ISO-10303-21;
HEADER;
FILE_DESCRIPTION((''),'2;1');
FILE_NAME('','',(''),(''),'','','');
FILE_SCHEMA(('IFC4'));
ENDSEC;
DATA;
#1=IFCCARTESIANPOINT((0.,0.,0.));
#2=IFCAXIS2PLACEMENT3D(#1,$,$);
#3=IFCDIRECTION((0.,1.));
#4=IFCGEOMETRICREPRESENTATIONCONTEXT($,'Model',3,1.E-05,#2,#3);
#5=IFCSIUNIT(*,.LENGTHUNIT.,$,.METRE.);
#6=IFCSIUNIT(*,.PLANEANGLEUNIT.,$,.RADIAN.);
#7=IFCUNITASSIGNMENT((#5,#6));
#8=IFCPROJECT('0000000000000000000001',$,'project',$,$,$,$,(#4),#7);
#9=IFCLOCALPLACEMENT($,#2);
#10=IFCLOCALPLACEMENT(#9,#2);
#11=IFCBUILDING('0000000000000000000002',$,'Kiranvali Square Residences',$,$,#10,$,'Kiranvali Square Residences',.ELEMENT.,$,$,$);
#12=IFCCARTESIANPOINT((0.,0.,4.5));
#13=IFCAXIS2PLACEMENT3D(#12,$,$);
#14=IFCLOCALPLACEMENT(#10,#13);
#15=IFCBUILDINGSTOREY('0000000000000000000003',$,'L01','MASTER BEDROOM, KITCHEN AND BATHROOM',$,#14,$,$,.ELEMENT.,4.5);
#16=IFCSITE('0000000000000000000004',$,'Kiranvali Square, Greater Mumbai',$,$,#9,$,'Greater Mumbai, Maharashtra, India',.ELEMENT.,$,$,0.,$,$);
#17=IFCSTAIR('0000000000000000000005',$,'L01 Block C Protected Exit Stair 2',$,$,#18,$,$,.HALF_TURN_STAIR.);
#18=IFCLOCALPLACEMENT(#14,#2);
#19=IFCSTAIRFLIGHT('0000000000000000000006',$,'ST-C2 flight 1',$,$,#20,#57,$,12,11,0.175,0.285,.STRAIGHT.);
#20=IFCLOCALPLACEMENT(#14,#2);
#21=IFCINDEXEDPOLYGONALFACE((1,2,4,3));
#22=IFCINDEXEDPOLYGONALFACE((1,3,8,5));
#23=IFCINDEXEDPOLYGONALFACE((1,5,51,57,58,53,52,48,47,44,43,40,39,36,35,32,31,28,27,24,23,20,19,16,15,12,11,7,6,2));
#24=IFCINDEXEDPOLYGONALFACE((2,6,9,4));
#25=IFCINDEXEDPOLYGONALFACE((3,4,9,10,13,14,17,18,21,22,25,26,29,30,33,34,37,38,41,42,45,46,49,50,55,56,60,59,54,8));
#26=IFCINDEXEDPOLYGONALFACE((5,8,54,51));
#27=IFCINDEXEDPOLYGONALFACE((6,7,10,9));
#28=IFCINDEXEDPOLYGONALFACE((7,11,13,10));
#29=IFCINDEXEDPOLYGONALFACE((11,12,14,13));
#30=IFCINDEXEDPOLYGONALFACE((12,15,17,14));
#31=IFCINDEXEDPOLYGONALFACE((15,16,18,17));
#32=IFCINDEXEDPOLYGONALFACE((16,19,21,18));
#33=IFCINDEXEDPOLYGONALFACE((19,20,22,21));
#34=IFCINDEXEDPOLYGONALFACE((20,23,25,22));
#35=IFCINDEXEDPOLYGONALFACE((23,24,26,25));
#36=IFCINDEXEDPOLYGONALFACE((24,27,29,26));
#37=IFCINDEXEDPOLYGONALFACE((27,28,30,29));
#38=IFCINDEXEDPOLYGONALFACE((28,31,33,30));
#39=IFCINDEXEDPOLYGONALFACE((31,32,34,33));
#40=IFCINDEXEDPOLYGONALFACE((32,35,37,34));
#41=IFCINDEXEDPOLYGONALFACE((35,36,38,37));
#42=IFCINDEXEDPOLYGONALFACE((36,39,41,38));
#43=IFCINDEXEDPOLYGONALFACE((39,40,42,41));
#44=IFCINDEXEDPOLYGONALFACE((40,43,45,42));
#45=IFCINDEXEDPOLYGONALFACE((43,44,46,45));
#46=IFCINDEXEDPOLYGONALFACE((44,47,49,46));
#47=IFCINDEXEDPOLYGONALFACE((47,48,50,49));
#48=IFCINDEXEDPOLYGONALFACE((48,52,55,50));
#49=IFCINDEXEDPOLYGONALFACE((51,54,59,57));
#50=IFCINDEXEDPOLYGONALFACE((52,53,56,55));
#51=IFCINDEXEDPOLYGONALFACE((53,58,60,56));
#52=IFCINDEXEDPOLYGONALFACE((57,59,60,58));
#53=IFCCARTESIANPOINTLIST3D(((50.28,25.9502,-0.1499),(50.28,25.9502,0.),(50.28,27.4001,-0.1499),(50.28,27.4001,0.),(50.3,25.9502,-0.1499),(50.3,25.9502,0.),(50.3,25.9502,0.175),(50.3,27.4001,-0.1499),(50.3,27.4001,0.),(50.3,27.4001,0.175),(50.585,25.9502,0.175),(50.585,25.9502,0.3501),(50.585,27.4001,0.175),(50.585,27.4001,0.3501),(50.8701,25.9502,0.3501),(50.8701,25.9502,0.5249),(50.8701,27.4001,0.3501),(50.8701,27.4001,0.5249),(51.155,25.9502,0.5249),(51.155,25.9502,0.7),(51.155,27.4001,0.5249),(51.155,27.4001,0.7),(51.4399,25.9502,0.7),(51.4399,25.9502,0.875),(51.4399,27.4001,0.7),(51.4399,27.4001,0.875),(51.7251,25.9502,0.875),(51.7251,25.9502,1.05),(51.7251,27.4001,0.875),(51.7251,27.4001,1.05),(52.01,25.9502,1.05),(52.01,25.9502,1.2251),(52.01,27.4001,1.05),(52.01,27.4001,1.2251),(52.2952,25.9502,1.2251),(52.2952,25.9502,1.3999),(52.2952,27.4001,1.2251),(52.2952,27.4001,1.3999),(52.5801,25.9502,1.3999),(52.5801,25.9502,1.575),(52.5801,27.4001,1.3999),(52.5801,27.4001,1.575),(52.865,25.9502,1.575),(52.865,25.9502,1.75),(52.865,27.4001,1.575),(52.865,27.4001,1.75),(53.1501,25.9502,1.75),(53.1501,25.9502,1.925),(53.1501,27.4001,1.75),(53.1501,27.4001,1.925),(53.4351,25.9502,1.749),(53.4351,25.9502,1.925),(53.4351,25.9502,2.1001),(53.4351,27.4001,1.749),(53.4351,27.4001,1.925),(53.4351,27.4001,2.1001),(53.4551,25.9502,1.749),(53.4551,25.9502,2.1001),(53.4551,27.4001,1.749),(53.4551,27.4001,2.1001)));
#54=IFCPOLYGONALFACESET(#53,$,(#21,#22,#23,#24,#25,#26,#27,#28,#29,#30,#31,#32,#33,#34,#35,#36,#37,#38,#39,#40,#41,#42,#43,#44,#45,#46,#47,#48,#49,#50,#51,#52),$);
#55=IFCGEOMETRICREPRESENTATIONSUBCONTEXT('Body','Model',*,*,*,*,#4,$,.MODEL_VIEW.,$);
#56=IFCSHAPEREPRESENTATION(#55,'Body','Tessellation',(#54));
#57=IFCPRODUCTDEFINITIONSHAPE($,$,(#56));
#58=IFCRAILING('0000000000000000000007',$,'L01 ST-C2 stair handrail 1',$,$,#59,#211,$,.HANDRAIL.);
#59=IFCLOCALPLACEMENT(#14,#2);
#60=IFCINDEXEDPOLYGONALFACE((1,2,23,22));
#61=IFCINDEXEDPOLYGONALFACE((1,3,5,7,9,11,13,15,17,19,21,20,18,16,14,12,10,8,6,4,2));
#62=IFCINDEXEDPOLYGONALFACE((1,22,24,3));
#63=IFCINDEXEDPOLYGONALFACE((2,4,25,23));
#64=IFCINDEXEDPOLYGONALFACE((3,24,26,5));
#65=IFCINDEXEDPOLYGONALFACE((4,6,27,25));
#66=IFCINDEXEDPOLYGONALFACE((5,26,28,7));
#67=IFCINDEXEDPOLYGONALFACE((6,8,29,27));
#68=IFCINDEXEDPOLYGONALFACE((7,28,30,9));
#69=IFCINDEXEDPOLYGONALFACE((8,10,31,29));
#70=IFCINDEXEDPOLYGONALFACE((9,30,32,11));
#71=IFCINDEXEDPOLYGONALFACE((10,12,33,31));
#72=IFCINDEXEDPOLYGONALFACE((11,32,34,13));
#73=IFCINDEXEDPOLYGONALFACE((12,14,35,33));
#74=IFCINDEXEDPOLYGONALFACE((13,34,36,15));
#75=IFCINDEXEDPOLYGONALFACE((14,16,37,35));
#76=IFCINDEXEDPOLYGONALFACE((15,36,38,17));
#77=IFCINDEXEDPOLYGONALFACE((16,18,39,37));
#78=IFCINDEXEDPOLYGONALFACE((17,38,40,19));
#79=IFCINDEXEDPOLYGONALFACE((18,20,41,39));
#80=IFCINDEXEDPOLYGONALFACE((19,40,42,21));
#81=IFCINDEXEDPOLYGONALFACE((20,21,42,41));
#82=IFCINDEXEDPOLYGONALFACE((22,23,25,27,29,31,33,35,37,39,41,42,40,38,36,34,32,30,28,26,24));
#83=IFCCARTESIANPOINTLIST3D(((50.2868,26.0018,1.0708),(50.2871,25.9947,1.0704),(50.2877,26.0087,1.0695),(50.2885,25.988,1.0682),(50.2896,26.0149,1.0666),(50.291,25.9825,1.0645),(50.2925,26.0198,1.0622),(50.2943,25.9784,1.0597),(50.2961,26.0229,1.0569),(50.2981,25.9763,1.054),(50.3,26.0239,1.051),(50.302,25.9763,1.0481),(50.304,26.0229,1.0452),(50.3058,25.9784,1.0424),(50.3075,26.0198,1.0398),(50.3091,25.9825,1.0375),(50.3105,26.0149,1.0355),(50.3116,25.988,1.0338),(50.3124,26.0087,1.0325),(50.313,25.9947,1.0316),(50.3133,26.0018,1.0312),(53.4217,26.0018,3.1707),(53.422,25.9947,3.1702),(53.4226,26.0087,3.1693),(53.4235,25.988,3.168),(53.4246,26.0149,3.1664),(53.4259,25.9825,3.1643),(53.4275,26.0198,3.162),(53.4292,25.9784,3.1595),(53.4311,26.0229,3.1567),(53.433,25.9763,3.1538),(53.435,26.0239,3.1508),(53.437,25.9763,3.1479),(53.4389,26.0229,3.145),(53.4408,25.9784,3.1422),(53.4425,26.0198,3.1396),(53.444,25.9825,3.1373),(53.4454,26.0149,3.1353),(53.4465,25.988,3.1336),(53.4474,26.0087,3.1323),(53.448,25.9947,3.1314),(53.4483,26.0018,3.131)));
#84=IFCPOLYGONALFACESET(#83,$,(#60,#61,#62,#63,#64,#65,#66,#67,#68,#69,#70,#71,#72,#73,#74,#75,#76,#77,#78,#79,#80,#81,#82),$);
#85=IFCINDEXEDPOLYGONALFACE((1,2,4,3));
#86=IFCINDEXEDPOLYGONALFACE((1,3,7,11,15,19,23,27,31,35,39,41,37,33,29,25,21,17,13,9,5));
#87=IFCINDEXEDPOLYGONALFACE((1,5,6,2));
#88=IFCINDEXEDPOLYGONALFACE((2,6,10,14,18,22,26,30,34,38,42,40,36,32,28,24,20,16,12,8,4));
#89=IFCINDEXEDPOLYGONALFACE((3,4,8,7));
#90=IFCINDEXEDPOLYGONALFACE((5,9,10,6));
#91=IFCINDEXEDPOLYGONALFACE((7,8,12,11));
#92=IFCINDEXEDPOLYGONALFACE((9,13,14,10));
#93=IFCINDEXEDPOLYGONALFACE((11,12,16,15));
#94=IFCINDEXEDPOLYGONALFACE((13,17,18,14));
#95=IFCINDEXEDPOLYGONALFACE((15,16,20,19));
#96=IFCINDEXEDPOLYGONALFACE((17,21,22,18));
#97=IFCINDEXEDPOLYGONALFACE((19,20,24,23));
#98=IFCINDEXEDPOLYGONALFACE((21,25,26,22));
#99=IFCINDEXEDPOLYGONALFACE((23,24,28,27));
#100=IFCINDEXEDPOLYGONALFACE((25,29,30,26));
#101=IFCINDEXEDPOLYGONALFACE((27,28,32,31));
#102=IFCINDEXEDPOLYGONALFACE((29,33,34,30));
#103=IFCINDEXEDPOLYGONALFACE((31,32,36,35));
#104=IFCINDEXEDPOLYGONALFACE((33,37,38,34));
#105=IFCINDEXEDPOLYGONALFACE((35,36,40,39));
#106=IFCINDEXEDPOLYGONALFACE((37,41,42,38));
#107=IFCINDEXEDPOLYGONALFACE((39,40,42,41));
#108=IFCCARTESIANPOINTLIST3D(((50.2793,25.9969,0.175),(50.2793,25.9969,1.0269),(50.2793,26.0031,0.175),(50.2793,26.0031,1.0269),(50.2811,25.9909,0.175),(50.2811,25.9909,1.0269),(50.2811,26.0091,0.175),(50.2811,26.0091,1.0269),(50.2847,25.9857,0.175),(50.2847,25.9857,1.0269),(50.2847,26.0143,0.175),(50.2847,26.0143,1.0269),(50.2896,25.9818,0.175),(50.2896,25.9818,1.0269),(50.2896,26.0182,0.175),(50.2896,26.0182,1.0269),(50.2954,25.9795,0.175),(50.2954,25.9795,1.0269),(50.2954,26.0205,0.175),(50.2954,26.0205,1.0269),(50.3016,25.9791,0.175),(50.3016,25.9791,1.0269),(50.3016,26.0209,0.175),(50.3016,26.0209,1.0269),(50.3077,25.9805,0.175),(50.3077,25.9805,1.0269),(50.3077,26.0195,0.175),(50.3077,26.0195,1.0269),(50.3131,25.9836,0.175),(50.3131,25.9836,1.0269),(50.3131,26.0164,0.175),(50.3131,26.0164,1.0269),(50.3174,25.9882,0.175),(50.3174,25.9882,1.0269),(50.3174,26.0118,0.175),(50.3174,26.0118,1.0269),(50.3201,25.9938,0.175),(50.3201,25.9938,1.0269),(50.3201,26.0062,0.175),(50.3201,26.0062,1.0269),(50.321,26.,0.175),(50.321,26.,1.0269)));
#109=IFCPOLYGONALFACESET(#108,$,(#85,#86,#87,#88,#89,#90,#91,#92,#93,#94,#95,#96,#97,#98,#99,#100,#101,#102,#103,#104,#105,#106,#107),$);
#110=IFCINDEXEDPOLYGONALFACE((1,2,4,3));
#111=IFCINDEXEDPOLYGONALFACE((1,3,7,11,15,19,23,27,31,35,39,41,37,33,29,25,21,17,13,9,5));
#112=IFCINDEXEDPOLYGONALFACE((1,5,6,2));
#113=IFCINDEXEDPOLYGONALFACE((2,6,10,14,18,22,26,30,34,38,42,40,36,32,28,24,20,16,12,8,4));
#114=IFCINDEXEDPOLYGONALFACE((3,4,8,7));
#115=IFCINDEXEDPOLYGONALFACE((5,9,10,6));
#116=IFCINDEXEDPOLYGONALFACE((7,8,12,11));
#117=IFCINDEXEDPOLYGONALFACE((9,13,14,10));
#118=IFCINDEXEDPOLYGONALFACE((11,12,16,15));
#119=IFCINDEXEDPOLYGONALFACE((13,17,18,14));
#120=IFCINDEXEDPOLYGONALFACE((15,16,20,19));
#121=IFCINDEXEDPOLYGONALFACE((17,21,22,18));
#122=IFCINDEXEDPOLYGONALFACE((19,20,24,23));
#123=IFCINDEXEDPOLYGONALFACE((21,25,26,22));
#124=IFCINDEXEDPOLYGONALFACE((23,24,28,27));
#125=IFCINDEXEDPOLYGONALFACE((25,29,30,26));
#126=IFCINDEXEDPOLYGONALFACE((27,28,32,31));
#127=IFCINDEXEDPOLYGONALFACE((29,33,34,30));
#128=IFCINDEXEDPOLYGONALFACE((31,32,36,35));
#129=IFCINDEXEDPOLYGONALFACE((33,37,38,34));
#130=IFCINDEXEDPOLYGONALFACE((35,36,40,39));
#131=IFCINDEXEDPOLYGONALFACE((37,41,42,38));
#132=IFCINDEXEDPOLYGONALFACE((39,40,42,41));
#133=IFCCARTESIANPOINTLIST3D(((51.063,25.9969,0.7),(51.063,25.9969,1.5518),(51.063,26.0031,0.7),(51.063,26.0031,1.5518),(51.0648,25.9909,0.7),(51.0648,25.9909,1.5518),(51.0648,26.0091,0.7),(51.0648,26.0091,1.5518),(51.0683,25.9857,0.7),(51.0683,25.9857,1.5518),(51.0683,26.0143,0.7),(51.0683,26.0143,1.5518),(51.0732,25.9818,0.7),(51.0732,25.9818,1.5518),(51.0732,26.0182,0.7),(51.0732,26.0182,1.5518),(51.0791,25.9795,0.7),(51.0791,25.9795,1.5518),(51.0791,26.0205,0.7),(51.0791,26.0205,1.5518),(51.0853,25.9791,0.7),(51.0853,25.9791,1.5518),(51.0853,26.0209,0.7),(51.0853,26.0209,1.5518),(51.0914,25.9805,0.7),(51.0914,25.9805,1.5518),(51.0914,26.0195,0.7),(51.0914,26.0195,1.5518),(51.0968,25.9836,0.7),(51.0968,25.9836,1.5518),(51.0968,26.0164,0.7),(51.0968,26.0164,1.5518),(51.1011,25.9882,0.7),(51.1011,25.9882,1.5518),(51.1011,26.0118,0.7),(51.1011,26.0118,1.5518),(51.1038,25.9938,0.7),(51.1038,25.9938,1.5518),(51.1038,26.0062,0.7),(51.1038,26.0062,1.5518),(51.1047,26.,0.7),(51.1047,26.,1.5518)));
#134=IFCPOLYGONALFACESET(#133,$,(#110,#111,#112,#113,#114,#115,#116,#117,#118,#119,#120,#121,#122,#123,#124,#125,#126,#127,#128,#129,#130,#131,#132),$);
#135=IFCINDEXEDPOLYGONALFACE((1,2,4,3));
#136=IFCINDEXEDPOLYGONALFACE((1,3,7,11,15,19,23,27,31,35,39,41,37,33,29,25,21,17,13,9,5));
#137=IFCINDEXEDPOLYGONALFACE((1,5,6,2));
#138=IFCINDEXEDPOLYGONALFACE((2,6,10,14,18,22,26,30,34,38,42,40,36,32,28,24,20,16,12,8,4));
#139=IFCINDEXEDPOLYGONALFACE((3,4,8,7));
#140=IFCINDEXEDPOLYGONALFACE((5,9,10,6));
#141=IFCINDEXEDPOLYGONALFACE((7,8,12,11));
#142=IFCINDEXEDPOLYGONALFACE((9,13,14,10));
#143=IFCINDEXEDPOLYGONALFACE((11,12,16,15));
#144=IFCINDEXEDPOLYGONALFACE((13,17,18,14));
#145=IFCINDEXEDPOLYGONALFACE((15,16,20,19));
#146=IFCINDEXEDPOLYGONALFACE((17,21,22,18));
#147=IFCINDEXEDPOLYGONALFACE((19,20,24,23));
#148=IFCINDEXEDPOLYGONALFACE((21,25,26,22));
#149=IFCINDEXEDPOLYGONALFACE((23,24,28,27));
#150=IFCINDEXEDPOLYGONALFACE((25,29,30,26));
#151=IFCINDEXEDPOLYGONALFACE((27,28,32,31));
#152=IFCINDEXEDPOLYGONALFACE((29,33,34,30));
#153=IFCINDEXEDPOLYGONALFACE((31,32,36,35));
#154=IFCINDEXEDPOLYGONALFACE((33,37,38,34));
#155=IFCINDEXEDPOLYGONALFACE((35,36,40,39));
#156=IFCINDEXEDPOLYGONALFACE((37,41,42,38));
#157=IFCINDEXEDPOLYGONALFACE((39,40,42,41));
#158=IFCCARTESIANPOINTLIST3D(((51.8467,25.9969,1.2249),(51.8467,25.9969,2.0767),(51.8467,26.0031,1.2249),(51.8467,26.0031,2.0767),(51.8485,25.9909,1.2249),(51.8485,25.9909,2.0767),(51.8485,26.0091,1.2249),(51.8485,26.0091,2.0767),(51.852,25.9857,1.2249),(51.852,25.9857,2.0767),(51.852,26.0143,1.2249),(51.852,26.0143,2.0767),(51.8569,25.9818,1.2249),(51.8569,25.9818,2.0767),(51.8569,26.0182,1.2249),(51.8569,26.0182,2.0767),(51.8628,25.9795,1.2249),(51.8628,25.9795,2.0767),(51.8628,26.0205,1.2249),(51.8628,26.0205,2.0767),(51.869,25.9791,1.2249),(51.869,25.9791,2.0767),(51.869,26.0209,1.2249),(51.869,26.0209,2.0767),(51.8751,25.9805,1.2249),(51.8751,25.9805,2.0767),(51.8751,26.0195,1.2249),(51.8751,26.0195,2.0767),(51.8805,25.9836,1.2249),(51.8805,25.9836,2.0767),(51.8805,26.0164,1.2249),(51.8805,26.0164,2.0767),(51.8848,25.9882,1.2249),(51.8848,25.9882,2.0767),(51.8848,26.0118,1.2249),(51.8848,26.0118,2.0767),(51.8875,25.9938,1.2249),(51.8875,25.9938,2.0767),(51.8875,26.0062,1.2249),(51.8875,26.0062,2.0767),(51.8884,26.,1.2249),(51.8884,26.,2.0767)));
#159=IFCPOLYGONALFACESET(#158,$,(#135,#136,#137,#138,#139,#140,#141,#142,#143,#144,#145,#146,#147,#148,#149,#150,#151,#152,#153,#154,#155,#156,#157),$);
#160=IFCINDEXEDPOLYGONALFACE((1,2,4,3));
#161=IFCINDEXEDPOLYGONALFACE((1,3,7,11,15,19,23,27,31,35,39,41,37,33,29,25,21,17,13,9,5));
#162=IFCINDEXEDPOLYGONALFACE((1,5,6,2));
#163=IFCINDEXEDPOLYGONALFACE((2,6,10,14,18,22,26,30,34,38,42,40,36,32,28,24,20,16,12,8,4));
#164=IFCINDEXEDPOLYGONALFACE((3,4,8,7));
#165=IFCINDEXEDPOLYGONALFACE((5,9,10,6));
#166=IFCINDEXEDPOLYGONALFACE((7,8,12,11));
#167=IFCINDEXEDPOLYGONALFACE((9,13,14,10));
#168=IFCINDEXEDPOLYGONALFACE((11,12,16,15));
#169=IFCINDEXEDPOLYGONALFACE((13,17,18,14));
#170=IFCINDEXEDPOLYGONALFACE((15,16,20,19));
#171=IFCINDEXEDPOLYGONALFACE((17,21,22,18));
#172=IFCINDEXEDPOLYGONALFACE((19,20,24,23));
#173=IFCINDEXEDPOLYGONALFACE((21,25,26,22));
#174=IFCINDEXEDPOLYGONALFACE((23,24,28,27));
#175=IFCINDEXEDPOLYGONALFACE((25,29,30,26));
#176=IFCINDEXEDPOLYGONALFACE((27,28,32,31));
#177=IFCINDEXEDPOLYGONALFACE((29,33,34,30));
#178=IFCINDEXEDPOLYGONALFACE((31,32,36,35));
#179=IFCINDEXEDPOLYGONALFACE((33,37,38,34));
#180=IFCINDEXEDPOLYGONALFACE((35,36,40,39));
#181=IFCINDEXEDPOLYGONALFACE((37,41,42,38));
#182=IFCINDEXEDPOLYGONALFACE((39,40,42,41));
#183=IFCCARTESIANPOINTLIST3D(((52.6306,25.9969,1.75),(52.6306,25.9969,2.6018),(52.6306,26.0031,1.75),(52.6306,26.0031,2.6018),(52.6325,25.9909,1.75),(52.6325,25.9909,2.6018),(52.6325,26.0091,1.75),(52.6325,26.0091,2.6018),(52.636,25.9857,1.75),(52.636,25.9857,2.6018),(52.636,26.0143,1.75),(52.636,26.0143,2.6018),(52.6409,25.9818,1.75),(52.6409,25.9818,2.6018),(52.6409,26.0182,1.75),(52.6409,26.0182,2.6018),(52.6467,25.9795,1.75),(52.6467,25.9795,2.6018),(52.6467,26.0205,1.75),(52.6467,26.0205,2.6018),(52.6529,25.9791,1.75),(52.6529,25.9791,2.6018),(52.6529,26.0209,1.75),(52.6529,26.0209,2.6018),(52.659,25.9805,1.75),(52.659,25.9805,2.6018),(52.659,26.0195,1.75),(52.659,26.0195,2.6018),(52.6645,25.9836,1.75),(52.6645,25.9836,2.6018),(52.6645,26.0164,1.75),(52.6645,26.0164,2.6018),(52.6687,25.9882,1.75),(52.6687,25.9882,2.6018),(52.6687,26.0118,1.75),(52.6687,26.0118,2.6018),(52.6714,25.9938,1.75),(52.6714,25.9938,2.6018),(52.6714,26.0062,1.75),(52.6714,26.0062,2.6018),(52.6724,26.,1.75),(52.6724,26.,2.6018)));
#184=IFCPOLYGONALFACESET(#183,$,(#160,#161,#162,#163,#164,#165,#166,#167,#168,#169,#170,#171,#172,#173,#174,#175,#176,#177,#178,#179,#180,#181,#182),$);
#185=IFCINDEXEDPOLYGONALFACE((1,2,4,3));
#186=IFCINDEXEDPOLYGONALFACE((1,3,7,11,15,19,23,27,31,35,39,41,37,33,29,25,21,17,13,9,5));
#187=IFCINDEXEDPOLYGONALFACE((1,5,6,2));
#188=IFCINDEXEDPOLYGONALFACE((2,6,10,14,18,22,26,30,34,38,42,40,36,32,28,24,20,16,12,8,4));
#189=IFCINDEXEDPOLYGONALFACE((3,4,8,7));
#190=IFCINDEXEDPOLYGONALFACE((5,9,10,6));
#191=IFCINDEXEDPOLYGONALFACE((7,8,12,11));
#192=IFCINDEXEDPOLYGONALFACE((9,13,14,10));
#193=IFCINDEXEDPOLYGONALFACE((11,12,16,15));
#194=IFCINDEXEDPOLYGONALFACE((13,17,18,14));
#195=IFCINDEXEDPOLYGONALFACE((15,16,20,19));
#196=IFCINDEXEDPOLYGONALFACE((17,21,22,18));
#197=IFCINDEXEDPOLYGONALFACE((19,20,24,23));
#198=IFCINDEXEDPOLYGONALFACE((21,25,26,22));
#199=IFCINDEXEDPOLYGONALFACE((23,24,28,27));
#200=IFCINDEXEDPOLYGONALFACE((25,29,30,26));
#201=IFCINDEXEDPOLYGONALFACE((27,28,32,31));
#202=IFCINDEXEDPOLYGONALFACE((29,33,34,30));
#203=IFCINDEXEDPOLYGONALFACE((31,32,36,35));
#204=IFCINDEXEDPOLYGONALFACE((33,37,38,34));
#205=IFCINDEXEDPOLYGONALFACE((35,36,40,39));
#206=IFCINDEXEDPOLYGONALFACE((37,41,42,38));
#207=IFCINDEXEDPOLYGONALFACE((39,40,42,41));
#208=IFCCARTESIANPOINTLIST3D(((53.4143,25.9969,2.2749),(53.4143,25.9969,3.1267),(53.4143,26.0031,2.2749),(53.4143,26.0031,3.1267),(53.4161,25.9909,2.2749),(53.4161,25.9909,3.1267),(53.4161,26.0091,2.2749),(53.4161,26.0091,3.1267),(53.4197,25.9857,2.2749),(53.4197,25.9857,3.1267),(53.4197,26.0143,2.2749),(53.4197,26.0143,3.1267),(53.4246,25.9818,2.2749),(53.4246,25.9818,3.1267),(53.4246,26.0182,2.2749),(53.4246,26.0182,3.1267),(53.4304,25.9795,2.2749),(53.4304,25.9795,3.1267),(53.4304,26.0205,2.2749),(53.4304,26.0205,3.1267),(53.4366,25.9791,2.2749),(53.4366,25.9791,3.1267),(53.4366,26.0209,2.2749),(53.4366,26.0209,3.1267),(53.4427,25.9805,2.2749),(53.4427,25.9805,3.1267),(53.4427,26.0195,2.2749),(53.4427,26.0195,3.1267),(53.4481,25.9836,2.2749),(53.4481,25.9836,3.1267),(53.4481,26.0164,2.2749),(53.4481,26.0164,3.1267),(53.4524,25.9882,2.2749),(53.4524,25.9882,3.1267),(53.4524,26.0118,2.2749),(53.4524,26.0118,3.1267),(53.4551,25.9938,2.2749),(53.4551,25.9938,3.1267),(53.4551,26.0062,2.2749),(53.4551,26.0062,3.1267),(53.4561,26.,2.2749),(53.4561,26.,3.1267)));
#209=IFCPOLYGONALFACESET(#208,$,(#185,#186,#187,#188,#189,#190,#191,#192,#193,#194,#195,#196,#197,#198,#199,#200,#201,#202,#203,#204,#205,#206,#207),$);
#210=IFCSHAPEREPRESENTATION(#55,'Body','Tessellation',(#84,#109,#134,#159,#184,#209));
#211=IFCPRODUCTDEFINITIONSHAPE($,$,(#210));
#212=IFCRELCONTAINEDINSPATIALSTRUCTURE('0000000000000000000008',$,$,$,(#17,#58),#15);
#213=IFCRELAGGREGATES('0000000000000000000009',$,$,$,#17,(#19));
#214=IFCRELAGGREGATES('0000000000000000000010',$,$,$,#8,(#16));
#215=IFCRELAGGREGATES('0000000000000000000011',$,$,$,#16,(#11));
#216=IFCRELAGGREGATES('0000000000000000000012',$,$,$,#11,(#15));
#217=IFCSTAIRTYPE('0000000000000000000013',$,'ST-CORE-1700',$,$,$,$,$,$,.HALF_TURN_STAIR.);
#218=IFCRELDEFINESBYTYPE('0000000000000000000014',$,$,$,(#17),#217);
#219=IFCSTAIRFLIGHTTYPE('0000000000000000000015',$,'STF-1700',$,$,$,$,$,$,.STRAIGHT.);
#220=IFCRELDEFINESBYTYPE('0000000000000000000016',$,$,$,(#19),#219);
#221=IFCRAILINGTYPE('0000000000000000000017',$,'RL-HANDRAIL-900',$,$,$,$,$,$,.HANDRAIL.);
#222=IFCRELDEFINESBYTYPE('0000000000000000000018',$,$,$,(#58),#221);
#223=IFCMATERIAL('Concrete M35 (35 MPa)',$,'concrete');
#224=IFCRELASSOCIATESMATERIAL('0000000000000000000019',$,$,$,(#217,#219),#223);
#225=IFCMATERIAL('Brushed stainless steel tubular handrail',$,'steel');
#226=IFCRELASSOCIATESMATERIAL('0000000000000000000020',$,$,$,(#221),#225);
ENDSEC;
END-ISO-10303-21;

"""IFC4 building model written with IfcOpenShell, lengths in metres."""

from ifc_helpers import new_model, si_unit, direction, frame, origin, origin_2d, place, context, subcontext, project, spatial, polyline, circle, outline, extrude, material, type_object, element, aggregate, save


model = new_model("IFC4")

# Units and contexts
model_context = context("Model", 3, precision=1e-05, world=origin(), true_north=direction((0.0, 1.0)))
body_context = subcontext(model_context, "Body", "Model", "MODEL_VIEW")
ifc_project = project(units=[si_unit("LENGTHUNIT", "METRE"), si_unit("PLANEANGLEUNIT", "RADIAN")], contexts=[model_context])

# Site, building, storey
site_placement = place(None, origin())
site = spatial("IfcSite", under=ifc_project, at=site_placement, Name="Kiranvali Square, Greater Mumbai", LongName="Greater Mumbai, Maharashtra, India", CompositionType="ELEMENT", RefElevation=0.0)
building_placement = place(site_placement, origin())
building = spatial("IfcBuilding", under=site, at=building_placement, Name="Kiranvali Square Residences", LongName="Kiranvali Square Residences", CompositionType="ELEMENT")
storey_placement = place(building_placement, frame((0.0, 0.0, 4.5)))
storey = spatial("IfcBuildingStorey", under=building, at=storey_placement, Name="L01", Description="MASTER BEDROOM, KITCHEN AND BATHROOM", CompositionType="ELEMENT", Elevation=4.5)

# Stair, stair flight
ifc_material_1 = material(Name="Concrete M35 (35 MPa)", Category="concrete")
stair_type = type_object("IfcStairType", Name="ST-CORE-1700", PredefinedType="HALF_TURN_STAIR", material=ifc_material_1)
stair_placement = place(storey_placement, origin())
stair = element("IfcStair", 1, at=stair_placement, inside=storey, type_object=stair_type, Name="L01 Block C Protected Exit Stair 2", PredefinedType="HALF_TURN_STAIR")
stair_flight_type = type_object("IfcStairFlightType", Name="STF-1700", PredefinedType="STRAIGHT", material=ifc_material_1)
stair_flight_placement = place(storey_placement, frame((50.3, 26.675, 0.0), z_axis=(0.0, 0.0, 1.0), x_axis=(1.0, 0.0, 0.0)))
stair_flight = element("IfcStairFlight", 2, at=stair_flight_placement, type_object=stair_flight_type, Name="ST-C2 flight 1", NumberOfRisers=12, NumberOfTreads=11, PredefinedType="STRAIGHT", RiserHeight=0.175, TreadLength=0.285, context=body_context, shape_type="SweptSolid", body=[
    extrude(outline(polyline([(-0.02, -0.1499), (-0.02, 0.0), (0.0, 0.0), (0.0, 0.175), (0.2849, 0.175), (0.2849, 0.3501), (0.5701, 0.3501), (0.5701, 0.5249), (0.855, 0.5249), (0.855, 0.7), (1.1399, 0.7), (1.1399, 0.875), (1.425, 0.875), (1.425, 1.05), (1.71, 1.05), (1.71, 1.2251), (1.9951, 1.2251), (1.9951, 1.3999), (2.28, 1.3999), (2.28, 1.575), (2.5649, 1.575), (2.5649, 1.75), (2.8501, 1.75), (2.8501, 1.925), (3.135, 1.925), (3.135, 2.1001), (3.155, 2.1001), (3.155, 1.749), (3.135, 1.749), (0.0, -0.1499), (-0.02, -0.1499)])), frame((0.0, 0.7251, 0.0), z_axis=(0.0, -1.0, 0.0), x_axis=(1.0, 0.0, 0.0)), (0.0, 0.0, 1.0), 1.45),
])
aggregate(stair, [stair_flight])

# Railing
ifc_material_2 = material(Name="Brushed stainless steel tubular handrail", Category="steel")
railing_type_1 = type_object("IfcRailingType", Name="RL-HANDRAIL-900", PredefinedType="HANDRAIL", material=ifc_material_2)
railing_1_placement = place(storey_placement, frame((50.3, 26.0, 0.175)))
element("IfcRailing", 3, at=railing_1_placement, inside=storey, type_object=railing_type_1, Name="L01 ST-C2 stair handrail 1", PredefinedType="HANDRAIL", context=body_context, shape_type="SweptSolid", body=[
    extrude(circle(Radius=0.0239, at=origin_2d()), frame((0.0, 0.0, 0.876), z_axis=(0.830844, 0.0, 0.556506), x_axis=(0.0, 1.0, 0.0)), (0.0, 0.0, 1.0), 3.7732),
    extrude(circle(Radius=0.021, at=origin_2d()), origin(), (0.0, 0.0, 1.0), 0.8518),
    extrude(circle(Radius=0.021, at=origin_2d()), frame((0.7837, 0.0, 0.5249)), (0.0, 0.0, 1.0), 0.8518),
    extrude(circle(Radius=0.021, at=origin_2d()), frame((1.5674, 0.0, 1.0498)), (0.0, 0.0, 1.0), 0.8518),
    extrude(circle(Radius=0.021, at=origin_2d()), frame((2.3513, 0.0, 1.575)), (0.0, 0.0, 1.0), 0.8518),
    extrude(circle(Radius=0.021, at=origin_2d()), frame((3.135, 0.0, 2.0999)), (0.0, 0.0, 1.0), 0.8518),
])

save(model, "model.ifc")
